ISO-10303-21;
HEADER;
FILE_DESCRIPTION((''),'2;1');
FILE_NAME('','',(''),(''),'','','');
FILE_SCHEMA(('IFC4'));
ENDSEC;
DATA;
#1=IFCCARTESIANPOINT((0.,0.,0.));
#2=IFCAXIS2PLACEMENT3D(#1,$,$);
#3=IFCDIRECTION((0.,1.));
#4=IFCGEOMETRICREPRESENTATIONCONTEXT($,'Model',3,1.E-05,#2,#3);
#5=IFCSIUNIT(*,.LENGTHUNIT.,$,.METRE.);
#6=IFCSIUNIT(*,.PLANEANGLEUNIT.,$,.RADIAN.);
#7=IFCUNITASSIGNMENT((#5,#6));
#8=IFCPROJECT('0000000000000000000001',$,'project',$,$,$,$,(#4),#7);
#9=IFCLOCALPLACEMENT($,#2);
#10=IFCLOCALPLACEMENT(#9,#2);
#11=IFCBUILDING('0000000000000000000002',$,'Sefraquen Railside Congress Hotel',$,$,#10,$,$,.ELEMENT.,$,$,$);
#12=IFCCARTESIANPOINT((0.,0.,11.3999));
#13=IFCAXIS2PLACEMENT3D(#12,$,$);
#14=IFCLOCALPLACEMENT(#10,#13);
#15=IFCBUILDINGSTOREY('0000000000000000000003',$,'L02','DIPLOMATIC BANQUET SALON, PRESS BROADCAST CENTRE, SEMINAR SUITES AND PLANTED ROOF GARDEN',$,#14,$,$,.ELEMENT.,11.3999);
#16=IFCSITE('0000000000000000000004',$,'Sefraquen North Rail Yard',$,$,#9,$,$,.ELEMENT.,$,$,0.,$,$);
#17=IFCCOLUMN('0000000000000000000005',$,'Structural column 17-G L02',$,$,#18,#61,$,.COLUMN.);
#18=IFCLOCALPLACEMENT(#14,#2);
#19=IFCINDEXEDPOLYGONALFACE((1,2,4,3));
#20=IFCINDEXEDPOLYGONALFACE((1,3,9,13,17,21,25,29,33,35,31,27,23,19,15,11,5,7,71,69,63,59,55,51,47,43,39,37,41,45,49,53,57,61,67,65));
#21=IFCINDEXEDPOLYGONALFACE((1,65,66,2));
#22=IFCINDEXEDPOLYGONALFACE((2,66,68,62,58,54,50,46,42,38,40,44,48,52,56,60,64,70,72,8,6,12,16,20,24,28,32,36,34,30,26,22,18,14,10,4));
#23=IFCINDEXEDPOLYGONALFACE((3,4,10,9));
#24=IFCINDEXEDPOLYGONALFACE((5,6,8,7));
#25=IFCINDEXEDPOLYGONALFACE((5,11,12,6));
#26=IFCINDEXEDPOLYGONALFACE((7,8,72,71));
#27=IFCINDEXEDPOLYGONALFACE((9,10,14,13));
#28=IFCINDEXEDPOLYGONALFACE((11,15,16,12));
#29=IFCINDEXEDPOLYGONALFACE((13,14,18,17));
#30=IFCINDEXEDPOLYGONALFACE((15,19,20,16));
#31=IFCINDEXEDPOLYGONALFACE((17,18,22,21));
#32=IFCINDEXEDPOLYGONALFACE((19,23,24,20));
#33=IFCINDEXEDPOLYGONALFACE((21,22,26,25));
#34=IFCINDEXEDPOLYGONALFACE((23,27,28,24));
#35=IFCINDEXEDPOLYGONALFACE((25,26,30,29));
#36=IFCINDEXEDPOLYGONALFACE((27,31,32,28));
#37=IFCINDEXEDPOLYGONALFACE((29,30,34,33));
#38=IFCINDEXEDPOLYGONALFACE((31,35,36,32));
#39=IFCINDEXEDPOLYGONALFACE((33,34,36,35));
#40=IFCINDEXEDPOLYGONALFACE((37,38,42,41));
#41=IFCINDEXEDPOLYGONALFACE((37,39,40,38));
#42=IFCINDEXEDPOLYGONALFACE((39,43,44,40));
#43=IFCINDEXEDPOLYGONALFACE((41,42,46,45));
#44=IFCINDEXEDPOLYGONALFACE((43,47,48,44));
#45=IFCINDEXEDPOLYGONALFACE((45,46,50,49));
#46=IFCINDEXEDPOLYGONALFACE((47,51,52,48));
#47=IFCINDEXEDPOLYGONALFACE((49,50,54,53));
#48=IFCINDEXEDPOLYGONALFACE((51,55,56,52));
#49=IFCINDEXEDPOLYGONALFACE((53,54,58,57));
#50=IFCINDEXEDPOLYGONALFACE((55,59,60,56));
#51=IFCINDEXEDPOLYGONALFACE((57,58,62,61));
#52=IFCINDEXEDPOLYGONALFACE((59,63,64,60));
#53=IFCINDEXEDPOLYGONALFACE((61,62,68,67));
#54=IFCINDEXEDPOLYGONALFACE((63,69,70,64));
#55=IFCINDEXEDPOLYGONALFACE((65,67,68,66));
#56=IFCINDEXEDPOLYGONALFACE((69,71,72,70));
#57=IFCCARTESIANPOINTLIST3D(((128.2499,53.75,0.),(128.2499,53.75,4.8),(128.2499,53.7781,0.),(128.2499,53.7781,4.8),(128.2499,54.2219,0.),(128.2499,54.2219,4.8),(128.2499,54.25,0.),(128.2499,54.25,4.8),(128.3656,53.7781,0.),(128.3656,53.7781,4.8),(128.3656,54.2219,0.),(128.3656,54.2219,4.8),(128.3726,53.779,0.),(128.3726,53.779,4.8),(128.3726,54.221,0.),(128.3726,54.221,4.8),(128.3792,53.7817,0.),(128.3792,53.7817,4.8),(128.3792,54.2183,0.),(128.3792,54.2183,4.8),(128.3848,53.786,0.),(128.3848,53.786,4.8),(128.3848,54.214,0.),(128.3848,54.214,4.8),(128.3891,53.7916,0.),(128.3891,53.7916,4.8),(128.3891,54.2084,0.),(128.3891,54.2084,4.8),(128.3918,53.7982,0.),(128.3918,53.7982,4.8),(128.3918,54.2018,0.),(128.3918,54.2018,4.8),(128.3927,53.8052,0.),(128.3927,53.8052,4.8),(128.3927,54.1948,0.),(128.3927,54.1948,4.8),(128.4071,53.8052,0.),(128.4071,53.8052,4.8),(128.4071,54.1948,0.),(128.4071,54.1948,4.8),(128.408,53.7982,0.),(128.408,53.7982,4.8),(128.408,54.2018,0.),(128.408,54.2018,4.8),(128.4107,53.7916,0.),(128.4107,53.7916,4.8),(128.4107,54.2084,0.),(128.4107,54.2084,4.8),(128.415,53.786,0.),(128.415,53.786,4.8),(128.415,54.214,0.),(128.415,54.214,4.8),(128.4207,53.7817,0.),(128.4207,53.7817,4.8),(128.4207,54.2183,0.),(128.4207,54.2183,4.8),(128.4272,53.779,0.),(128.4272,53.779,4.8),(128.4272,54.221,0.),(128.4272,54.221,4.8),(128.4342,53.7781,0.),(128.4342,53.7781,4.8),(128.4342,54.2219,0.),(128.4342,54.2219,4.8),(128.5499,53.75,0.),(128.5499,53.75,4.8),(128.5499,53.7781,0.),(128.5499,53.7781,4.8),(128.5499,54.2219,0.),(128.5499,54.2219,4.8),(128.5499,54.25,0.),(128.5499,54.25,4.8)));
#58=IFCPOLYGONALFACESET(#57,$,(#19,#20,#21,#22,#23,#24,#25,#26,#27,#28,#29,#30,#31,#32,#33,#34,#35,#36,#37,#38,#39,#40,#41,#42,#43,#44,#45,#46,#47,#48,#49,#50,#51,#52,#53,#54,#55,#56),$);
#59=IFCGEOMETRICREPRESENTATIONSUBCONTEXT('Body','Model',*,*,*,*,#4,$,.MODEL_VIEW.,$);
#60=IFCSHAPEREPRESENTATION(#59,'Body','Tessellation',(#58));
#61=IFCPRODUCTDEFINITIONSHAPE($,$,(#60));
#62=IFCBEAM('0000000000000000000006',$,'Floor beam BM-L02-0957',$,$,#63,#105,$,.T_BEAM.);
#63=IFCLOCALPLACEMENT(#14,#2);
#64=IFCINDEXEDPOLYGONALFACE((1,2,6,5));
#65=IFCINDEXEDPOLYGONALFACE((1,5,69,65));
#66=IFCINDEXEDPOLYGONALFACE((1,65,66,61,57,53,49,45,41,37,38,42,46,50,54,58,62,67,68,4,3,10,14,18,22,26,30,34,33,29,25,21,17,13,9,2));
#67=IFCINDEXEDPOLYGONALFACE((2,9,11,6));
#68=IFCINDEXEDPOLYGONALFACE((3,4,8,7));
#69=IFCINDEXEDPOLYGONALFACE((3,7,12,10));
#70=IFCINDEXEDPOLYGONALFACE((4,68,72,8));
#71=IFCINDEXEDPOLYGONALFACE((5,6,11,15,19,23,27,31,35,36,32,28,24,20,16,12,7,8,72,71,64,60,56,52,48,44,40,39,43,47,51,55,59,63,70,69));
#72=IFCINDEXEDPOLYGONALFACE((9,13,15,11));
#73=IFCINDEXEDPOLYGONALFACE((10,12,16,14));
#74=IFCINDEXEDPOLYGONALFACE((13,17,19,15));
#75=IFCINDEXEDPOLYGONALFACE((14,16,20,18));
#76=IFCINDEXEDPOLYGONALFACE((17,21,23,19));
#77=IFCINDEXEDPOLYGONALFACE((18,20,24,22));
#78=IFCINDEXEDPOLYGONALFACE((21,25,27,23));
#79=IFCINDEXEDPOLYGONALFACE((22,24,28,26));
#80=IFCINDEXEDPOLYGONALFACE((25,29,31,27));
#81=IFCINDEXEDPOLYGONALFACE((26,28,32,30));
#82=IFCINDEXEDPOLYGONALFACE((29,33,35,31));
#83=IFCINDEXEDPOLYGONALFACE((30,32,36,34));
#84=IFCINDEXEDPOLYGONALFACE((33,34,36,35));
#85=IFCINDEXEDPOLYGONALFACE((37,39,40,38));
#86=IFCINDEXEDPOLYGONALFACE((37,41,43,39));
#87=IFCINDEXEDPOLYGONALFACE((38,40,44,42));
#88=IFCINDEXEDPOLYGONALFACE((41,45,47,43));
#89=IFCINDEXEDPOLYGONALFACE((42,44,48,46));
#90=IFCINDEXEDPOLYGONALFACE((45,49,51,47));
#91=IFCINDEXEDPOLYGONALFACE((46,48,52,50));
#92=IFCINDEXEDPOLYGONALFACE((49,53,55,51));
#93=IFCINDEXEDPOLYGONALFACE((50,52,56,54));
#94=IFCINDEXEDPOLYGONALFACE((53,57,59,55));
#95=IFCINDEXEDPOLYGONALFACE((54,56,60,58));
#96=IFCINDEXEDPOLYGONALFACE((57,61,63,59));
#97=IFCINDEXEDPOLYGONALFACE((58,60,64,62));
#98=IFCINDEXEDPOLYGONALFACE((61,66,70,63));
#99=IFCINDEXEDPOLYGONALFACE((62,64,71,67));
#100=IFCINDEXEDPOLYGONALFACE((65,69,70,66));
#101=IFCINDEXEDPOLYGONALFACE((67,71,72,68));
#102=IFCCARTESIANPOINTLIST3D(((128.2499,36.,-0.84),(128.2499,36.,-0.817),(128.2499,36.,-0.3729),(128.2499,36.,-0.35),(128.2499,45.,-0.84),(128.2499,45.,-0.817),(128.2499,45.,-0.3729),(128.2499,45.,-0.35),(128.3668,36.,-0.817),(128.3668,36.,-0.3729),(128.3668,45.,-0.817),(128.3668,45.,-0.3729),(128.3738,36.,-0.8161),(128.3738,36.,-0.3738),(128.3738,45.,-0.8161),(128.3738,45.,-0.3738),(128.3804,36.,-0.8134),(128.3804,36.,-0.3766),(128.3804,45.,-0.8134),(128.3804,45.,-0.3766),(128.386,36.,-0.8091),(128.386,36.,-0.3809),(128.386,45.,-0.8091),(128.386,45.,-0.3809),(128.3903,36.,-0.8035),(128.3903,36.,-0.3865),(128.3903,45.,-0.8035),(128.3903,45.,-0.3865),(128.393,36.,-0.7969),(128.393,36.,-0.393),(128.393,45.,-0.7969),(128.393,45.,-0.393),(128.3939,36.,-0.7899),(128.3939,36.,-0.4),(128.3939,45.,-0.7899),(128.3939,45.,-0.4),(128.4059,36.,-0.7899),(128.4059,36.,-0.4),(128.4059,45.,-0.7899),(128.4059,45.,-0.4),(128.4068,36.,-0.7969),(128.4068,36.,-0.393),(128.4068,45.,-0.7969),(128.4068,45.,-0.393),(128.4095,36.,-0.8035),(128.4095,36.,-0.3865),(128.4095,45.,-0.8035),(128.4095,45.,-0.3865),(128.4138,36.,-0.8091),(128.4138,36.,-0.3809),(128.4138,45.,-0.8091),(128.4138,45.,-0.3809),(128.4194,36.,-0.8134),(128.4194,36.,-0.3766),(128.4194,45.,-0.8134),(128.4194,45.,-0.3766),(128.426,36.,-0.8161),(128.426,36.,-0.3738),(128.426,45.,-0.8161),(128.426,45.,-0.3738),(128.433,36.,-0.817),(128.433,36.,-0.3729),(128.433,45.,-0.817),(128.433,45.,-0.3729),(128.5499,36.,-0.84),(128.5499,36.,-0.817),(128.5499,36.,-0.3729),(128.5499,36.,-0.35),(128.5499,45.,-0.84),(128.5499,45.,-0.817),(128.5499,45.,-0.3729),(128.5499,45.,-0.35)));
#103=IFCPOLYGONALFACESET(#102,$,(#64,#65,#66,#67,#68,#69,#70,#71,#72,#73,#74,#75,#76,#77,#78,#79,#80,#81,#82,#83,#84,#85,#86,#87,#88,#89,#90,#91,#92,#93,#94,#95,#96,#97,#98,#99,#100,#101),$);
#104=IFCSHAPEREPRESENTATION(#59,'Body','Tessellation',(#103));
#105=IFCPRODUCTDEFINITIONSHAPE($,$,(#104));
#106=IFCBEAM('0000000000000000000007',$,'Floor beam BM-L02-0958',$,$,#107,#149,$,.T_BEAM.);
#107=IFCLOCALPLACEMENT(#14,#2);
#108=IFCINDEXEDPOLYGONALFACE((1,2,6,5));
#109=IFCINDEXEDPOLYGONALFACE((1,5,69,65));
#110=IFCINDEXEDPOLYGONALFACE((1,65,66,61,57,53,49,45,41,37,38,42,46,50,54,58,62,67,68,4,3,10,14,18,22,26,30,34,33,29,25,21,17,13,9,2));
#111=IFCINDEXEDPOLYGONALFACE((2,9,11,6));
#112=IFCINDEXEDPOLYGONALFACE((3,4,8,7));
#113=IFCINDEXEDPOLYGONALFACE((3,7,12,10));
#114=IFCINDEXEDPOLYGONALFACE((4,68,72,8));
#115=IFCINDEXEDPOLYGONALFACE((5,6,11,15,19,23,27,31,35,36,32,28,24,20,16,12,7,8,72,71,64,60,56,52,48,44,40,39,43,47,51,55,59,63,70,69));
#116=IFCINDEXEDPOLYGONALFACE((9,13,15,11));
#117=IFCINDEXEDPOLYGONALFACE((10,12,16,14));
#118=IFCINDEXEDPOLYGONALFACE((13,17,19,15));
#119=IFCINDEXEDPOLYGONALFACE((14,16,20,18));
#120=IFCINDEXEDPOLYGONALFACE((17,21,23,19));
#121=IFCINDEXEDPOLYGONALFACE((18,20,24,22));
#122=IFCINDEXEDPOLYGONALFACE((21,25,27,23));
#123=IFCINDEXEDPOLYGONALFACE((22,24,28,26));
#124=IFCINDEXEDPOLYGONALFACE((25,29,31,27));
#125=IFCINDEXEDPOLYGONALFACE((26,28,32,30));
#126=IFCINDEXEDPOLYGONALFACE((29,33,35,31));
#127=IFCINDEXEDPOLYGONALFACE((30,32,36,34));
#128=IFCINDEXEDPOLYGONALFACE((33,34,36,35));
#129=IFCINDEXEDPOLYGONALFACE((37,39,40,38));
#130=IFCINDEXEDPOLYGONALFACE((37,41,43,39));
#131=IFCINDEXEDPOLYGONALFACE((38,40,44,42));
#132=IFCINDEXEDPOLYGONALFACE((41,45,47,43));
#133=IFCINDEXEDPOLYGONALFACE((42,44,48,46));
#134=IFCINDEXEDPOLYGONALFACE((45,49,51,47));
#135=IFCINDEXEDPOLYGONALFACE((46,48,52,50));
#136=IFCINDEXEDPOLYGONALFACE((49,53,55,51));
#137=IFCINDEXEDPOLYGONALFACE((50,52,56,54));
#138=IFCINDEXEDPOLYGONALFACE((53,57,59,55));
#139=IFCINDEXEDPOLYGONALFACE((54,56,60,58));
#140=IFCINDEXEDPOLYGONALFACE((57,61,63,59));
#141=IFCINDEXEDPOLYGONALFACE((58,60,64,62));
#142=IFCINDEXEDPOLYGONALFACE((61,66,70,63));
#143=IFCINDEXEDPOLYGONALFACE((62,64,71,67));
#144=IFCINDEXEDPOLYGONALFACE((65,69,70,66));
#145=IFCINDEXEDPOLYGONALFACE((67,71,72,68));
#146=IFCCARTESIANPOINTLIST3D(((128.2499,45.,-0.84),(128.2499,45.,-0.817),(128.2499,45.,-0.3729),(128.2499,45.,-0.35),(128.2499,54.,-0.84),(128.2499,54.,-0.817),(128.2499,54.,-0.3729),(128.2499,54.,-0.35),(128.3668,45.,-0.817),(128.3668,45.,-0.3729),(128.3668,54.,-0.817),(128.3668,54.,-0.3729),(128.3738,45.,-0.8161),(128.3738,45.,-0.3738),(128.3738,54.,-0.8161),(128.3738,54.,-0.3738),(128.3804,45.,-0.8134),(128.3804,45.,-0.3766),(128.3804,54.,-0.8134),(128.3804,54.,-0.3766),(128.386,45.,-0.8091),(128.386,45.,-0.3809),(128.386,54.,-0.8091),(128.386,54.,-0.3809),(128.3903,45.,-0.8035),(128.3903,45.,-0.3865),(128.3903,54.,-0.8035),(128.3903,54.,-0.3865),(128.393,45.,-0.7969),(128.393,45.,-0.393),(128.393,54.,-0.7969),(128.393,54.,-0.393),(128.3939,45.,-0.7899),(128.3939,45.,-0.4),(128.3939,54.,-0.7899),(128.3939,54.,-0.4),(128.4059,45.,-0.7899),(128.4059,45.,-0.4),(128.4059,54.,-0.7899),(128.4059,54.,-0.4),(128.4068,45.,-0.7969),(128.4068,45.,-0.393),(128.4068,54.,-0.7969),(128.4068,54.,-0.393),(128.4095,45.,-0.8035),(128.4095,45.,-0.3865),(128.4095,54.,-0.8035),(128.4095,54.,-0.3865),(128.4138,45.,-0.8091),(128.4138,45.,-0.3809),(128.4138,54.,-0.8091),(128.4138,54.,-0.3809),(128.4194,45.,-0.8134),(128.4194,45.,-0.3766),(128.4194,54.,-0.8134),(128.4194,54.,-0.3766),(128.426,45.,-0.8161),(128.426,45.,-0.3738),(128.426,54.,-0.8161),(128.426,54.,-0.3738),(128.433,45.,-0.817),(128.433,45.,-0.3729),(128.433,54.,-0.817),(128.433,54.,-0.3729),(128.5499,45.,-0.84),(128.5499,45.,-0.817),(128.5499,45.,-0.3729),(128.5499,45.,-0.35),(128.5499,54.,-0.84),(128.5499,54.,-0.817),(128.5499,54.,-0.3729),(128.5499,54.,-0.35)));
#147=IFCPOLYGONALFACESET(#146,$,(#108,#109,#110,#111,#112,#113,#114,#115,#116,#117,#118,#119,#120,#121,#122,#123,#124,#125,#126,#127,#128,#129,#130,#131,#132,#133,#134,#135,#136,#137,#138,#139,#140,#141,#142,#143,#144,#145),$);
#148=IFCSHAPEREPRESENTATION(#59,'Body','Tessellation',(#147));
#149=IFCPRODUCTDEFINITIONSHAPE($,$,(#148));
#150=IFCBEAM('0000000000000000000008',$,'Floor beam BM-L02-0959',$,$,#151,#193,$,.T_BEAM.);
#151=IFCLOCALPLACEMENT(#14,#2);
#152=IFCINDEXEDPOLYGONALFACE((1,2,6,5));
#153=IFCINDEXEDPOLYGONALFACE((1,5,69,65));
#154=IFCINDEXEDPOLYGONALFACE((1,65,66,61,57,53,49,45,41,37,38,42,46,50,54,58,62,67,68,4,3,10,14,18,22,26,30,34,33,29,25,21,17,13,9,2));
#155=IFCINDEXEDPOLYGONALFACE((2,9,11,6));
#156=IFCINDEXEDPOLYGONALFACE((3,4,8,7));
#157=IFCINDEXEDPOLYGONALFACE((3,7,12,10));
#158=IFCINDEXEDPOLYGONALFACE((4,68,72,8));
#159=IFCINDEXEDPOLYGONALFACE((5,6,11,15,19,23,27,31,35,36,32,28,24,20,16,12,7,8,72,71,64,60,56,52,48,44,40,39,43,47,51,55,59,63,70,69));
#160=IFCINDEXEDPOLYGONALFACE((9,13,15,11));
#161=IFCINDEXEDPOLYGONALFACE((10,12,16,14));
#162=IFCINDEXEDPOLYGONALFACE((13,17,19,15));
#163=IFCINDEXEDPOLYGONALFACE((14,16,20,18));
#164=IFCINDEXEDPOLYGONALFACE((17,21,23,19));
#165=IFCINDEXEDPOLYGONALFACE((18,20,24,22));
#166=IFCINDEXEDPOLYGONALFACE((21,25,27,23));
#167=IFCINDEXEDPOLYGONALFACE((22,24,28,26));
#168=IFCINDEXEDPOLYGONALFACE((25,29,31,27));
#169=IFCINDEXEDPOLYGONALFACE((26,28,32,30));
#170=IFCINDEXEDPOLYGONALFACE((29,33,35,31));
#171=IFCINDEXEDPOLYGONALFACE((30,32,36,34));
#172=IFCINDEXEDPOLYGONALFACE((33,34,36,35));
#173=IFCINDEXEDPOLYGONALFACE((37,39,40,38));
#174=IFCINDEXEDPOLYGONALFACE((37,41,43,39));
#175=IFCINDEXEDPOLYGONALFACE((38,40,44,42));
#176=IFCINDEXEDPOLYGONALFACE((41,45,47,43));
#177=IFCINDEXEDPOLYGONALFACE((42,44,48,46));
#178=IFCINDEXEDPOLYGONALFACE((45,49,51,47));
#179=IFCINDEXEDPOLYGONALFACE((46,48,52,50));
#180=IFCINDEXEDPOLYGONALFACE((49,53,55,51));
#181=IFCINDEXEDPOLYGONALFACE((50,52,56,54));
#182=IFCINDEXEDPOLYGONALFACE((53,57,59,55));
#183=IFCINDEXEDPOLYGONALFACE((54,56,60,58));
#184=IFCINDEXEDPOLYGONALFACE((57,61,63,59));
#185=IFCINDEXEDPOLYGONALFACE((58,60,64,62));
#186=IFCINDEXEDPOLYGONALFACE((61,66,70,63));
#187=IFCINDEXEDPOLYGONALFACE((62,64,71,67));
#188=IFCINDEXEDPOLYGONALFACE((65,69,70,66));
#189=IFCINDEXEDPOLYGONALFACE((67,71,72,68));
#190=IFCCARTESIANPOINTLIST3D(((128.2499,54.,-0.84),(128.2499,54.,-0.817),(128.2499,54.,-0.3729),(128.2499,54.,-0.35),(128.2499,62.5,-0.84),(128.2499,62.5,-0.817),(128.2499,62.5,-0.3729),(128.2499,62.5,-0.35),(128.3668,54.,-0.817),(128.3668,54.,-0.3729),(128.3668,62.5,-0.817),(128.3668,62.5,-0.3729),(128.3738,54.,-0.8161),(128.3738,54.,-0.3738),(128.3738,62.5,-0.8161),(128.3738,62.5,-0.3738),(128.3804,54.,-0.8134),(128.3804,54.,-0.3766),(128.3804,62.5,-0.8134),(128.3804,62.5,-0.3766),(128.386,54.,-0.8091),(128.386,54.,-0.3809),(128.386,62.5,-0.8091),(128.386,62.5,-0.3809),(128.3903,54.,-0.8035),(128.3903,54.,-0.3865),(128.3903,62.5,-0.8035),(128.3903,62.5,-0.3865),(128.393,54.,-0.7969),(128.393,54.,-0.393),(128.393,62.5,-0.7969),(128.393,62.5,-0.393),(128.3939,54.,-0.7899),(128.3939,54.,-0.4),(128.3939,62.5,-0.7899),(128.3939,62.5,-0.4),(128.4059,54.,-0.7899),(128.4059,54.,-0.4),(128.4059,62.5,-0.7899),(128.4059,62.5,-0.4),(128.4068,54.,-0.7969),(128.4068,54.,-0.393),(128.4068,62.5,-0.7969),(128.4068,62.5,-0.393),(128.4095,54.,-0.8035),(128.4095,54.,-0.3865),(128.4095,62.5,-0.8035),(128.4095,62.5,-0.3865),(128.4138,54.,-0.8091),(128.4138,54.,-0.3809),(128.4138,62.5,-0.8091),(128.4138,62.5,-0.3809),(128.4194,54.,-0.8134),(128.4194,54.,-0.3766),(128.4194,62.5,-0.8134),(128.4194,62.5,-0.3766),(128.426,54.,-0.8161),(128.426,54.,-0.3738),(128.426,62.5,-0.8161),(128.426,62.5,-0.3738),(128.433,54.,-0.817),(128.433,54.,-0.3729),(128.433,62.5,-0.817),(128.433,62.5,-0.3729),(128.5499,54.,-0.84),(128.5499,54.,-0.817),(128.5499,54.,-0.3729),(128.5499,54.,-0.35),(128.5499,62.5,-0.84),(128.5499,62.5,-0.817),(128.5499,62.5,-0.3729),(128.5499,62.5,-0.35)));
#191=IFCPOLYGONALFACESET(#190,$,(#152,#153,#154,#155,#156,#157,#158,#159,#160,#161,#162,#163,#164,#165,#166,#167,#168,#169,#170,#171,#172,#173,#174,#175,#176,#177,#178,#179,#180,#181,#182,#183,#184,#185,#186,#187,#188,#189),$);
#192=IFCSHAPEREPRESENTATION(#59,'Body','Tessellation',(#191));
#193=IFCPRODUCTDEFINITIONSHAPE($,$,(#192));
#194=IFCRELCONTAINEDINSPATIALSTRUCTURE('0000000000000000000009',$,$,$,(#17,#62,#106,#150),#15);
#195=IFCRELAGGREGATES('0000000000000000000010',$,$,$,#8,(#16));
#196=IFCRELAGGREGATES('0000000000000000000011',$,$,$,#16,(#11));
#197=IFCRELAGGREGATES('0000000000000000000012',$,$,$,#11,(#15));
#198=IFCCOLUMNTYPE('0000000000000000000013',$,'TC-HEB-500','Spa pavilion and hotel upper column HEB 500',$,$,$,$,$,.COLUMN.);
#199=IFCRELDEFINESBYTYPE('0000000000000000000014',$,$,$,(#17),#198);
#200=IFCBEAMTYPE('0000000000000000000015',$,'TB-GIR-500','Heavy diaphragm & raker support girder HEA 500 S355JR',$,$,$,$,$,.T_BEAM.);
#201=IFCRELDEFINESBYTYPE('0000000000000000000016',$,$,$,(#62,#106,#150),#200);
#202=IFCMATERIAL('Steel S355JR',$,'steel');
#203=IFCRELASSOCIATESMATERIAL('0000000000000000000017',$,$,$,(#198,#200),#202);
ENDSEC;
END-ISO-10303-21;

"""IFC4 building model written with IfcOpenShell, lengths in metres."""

from ifc_helpers import new_model, si_unit, direction, frame, origin, origin_2d, place, context, subcontext, project, spatial, i_section, extrude, material, material_profile, profile_set, type_object, element, save


model = new_model("IFC4")

# Units and contexts
model_context = context("Model", 3, precision=1e-05, world=origin(), true_north=direction((0.0, 1.0)))
body_context = subcontext(model_context, "Body", "Model", "MODEL_VIEW")
ifc_project = project(units=[si_unit("LENGTHUNIT", "METRE"), si_unit("PLANEANGLEUNIT", "RADIAN")], contexts=[model_context])

# Site, building, storey
site_placement = place(None, origin())
site = spatial("IfcSite", under=ifc_project, at=site_placement, Name="Sefraquen North Rail Yard", CompositionType="ELEMENT", RefElevation=0.0)
building_placement = place(site_placement, origin())
building = spatial("IfcBuilding", under=site, at=building_placement, Name="Sefraquen Railside Congress Hotel", CompositionType="ELEMENT")
storey_placement = place(building_placement, frame((0.0, 0.0, 11.3999)))
storey = spatial("IfcBuildingStorey", under=building, at=storey_placement, Name="L02", Description="DIPLOMATIC BANQUET SALON, PRESS BROADCAST CENTRE, SEMINAR SUITES AND PLANTED ROOF GARDEN", CompositionType="ELEMENT", Elevation=11.3999)

# Column
ifc_material_1 = material(Name="Steel S355JR", Category="steel")
ifc_material_profile_1 = material_profile(ifc_material_1, i_section(OverallWidth=0.3, OverallDepth=0.5, WebThickness=0.0144, FlangeThickness=0.0281, FilletRadius=0.0271, at=origin_2d()), Name="HEB 500")
ifc_profile_set_1 = profile_set([ifc_material_profile_1], Name="Steel S355JR")
column_type = type_object("IfcColumnType", Name="TC-HEB-500", Description="Spa pavilion and hotel upper column HEB 500", PredefinedType="COLUMN", material=ifc_profile_set_1)
column_placement = place(storey_placement, frame((128.3999, 54.0, 0.0), z_axis=(0.0, 0.0, 1.0), x_axis=(1.0, 0.0, 0.0)))
element("IfcColumn", 1, at=column_placement, inside=storey, type_object=column_type, Name="Structural column 17-G L02", PredefinedType="COLUMN", context=body_context, shape_type="SweptSolid", body=[
    extrude(i_section(OverallWidth=0.3, OverallDepth=0.5, WebThickness=0.0144, FlangeThickness=0.0281, FilletRadius=0.0271, at=origin_2d()), origin(), (0.0, 0.0, 1.0), 4.8),
])

# Beams
ifc_material_profile_2 = material_profile(ifc_material_1, i_section(OverallWidth=0.3, OverallDepth=0.49, WebThickness=0.012, FlangeThickness=0.0229, FilletRadius=0.0271, at=origin_2d()), Name="HEA 500")
ifc_profile_set_2 = profile_set([ifc_material_profile_2], Name="Steel S355JR")
beam_type_1 = type_object("IfcBeamType", Name="TB-GIR-500", Description="Heavy diaphragm & raker support girder HEA 500 S355JR", PredefinedType="T_BEAM", material=ifc_profile_set_2)
for number, where, z_axis, x_axis, name in (
    (2, (128.3999, 36.0, -0.595), (0.0, 1.0, 0.0), (-1.0, 0.0, 0.0), "Floor beam BM-L02-0957"),
    (3, (128.3999, 45.0, -0.595), (0.0, 1.0, 0.0), (-1.0, 0.0, 0.0), "Floor beam BM-L02-0958"),
):
    element("IfcBeam", number, at=place(storey_placement, frame(where, z_axis=z_axis, x_axis=x_axis)), inside=storey, type_object=beam_type_1, Name=name, PredefinedType="T_BEAM", context=body_context, shape_type="SweptSolid", body=[
        extrude(i_section(OverallWidth=0.3, OverallDepth=0.49, WebThickness=0.012, FlangeThickness=0.0229, FilletRadius=0.0271, at=origin_2d()), origin(), (0.0, 0.0, 1.0), 9.0),
    ])
beam_1_placement = place(storey_placement, frame((128.3999, 54.0, -0.595), z_axis=(0.0, 1.0, 0.0), x_axis=(-1.0, 0.0, 0.0)))
element("IfcBeam", 4, at=beam_1_placement, inside=storey, type_object=beam_type_1, Name="Floor beam BM-L02-0959", PredefinedType="T_BEAM", context=body_context, shape_type="SweptSolid", body=[
    extrude(i_section(OverallWidth=0.3, OverallDepth=0.49, WebThickness=0.012, FlangeThickness=0.0229, FilletRadius=0.0271, at=origin_2d()), origin(), (0.0, 0.0, 1.0), 8.5),
])

save(model, "model.ifc")
